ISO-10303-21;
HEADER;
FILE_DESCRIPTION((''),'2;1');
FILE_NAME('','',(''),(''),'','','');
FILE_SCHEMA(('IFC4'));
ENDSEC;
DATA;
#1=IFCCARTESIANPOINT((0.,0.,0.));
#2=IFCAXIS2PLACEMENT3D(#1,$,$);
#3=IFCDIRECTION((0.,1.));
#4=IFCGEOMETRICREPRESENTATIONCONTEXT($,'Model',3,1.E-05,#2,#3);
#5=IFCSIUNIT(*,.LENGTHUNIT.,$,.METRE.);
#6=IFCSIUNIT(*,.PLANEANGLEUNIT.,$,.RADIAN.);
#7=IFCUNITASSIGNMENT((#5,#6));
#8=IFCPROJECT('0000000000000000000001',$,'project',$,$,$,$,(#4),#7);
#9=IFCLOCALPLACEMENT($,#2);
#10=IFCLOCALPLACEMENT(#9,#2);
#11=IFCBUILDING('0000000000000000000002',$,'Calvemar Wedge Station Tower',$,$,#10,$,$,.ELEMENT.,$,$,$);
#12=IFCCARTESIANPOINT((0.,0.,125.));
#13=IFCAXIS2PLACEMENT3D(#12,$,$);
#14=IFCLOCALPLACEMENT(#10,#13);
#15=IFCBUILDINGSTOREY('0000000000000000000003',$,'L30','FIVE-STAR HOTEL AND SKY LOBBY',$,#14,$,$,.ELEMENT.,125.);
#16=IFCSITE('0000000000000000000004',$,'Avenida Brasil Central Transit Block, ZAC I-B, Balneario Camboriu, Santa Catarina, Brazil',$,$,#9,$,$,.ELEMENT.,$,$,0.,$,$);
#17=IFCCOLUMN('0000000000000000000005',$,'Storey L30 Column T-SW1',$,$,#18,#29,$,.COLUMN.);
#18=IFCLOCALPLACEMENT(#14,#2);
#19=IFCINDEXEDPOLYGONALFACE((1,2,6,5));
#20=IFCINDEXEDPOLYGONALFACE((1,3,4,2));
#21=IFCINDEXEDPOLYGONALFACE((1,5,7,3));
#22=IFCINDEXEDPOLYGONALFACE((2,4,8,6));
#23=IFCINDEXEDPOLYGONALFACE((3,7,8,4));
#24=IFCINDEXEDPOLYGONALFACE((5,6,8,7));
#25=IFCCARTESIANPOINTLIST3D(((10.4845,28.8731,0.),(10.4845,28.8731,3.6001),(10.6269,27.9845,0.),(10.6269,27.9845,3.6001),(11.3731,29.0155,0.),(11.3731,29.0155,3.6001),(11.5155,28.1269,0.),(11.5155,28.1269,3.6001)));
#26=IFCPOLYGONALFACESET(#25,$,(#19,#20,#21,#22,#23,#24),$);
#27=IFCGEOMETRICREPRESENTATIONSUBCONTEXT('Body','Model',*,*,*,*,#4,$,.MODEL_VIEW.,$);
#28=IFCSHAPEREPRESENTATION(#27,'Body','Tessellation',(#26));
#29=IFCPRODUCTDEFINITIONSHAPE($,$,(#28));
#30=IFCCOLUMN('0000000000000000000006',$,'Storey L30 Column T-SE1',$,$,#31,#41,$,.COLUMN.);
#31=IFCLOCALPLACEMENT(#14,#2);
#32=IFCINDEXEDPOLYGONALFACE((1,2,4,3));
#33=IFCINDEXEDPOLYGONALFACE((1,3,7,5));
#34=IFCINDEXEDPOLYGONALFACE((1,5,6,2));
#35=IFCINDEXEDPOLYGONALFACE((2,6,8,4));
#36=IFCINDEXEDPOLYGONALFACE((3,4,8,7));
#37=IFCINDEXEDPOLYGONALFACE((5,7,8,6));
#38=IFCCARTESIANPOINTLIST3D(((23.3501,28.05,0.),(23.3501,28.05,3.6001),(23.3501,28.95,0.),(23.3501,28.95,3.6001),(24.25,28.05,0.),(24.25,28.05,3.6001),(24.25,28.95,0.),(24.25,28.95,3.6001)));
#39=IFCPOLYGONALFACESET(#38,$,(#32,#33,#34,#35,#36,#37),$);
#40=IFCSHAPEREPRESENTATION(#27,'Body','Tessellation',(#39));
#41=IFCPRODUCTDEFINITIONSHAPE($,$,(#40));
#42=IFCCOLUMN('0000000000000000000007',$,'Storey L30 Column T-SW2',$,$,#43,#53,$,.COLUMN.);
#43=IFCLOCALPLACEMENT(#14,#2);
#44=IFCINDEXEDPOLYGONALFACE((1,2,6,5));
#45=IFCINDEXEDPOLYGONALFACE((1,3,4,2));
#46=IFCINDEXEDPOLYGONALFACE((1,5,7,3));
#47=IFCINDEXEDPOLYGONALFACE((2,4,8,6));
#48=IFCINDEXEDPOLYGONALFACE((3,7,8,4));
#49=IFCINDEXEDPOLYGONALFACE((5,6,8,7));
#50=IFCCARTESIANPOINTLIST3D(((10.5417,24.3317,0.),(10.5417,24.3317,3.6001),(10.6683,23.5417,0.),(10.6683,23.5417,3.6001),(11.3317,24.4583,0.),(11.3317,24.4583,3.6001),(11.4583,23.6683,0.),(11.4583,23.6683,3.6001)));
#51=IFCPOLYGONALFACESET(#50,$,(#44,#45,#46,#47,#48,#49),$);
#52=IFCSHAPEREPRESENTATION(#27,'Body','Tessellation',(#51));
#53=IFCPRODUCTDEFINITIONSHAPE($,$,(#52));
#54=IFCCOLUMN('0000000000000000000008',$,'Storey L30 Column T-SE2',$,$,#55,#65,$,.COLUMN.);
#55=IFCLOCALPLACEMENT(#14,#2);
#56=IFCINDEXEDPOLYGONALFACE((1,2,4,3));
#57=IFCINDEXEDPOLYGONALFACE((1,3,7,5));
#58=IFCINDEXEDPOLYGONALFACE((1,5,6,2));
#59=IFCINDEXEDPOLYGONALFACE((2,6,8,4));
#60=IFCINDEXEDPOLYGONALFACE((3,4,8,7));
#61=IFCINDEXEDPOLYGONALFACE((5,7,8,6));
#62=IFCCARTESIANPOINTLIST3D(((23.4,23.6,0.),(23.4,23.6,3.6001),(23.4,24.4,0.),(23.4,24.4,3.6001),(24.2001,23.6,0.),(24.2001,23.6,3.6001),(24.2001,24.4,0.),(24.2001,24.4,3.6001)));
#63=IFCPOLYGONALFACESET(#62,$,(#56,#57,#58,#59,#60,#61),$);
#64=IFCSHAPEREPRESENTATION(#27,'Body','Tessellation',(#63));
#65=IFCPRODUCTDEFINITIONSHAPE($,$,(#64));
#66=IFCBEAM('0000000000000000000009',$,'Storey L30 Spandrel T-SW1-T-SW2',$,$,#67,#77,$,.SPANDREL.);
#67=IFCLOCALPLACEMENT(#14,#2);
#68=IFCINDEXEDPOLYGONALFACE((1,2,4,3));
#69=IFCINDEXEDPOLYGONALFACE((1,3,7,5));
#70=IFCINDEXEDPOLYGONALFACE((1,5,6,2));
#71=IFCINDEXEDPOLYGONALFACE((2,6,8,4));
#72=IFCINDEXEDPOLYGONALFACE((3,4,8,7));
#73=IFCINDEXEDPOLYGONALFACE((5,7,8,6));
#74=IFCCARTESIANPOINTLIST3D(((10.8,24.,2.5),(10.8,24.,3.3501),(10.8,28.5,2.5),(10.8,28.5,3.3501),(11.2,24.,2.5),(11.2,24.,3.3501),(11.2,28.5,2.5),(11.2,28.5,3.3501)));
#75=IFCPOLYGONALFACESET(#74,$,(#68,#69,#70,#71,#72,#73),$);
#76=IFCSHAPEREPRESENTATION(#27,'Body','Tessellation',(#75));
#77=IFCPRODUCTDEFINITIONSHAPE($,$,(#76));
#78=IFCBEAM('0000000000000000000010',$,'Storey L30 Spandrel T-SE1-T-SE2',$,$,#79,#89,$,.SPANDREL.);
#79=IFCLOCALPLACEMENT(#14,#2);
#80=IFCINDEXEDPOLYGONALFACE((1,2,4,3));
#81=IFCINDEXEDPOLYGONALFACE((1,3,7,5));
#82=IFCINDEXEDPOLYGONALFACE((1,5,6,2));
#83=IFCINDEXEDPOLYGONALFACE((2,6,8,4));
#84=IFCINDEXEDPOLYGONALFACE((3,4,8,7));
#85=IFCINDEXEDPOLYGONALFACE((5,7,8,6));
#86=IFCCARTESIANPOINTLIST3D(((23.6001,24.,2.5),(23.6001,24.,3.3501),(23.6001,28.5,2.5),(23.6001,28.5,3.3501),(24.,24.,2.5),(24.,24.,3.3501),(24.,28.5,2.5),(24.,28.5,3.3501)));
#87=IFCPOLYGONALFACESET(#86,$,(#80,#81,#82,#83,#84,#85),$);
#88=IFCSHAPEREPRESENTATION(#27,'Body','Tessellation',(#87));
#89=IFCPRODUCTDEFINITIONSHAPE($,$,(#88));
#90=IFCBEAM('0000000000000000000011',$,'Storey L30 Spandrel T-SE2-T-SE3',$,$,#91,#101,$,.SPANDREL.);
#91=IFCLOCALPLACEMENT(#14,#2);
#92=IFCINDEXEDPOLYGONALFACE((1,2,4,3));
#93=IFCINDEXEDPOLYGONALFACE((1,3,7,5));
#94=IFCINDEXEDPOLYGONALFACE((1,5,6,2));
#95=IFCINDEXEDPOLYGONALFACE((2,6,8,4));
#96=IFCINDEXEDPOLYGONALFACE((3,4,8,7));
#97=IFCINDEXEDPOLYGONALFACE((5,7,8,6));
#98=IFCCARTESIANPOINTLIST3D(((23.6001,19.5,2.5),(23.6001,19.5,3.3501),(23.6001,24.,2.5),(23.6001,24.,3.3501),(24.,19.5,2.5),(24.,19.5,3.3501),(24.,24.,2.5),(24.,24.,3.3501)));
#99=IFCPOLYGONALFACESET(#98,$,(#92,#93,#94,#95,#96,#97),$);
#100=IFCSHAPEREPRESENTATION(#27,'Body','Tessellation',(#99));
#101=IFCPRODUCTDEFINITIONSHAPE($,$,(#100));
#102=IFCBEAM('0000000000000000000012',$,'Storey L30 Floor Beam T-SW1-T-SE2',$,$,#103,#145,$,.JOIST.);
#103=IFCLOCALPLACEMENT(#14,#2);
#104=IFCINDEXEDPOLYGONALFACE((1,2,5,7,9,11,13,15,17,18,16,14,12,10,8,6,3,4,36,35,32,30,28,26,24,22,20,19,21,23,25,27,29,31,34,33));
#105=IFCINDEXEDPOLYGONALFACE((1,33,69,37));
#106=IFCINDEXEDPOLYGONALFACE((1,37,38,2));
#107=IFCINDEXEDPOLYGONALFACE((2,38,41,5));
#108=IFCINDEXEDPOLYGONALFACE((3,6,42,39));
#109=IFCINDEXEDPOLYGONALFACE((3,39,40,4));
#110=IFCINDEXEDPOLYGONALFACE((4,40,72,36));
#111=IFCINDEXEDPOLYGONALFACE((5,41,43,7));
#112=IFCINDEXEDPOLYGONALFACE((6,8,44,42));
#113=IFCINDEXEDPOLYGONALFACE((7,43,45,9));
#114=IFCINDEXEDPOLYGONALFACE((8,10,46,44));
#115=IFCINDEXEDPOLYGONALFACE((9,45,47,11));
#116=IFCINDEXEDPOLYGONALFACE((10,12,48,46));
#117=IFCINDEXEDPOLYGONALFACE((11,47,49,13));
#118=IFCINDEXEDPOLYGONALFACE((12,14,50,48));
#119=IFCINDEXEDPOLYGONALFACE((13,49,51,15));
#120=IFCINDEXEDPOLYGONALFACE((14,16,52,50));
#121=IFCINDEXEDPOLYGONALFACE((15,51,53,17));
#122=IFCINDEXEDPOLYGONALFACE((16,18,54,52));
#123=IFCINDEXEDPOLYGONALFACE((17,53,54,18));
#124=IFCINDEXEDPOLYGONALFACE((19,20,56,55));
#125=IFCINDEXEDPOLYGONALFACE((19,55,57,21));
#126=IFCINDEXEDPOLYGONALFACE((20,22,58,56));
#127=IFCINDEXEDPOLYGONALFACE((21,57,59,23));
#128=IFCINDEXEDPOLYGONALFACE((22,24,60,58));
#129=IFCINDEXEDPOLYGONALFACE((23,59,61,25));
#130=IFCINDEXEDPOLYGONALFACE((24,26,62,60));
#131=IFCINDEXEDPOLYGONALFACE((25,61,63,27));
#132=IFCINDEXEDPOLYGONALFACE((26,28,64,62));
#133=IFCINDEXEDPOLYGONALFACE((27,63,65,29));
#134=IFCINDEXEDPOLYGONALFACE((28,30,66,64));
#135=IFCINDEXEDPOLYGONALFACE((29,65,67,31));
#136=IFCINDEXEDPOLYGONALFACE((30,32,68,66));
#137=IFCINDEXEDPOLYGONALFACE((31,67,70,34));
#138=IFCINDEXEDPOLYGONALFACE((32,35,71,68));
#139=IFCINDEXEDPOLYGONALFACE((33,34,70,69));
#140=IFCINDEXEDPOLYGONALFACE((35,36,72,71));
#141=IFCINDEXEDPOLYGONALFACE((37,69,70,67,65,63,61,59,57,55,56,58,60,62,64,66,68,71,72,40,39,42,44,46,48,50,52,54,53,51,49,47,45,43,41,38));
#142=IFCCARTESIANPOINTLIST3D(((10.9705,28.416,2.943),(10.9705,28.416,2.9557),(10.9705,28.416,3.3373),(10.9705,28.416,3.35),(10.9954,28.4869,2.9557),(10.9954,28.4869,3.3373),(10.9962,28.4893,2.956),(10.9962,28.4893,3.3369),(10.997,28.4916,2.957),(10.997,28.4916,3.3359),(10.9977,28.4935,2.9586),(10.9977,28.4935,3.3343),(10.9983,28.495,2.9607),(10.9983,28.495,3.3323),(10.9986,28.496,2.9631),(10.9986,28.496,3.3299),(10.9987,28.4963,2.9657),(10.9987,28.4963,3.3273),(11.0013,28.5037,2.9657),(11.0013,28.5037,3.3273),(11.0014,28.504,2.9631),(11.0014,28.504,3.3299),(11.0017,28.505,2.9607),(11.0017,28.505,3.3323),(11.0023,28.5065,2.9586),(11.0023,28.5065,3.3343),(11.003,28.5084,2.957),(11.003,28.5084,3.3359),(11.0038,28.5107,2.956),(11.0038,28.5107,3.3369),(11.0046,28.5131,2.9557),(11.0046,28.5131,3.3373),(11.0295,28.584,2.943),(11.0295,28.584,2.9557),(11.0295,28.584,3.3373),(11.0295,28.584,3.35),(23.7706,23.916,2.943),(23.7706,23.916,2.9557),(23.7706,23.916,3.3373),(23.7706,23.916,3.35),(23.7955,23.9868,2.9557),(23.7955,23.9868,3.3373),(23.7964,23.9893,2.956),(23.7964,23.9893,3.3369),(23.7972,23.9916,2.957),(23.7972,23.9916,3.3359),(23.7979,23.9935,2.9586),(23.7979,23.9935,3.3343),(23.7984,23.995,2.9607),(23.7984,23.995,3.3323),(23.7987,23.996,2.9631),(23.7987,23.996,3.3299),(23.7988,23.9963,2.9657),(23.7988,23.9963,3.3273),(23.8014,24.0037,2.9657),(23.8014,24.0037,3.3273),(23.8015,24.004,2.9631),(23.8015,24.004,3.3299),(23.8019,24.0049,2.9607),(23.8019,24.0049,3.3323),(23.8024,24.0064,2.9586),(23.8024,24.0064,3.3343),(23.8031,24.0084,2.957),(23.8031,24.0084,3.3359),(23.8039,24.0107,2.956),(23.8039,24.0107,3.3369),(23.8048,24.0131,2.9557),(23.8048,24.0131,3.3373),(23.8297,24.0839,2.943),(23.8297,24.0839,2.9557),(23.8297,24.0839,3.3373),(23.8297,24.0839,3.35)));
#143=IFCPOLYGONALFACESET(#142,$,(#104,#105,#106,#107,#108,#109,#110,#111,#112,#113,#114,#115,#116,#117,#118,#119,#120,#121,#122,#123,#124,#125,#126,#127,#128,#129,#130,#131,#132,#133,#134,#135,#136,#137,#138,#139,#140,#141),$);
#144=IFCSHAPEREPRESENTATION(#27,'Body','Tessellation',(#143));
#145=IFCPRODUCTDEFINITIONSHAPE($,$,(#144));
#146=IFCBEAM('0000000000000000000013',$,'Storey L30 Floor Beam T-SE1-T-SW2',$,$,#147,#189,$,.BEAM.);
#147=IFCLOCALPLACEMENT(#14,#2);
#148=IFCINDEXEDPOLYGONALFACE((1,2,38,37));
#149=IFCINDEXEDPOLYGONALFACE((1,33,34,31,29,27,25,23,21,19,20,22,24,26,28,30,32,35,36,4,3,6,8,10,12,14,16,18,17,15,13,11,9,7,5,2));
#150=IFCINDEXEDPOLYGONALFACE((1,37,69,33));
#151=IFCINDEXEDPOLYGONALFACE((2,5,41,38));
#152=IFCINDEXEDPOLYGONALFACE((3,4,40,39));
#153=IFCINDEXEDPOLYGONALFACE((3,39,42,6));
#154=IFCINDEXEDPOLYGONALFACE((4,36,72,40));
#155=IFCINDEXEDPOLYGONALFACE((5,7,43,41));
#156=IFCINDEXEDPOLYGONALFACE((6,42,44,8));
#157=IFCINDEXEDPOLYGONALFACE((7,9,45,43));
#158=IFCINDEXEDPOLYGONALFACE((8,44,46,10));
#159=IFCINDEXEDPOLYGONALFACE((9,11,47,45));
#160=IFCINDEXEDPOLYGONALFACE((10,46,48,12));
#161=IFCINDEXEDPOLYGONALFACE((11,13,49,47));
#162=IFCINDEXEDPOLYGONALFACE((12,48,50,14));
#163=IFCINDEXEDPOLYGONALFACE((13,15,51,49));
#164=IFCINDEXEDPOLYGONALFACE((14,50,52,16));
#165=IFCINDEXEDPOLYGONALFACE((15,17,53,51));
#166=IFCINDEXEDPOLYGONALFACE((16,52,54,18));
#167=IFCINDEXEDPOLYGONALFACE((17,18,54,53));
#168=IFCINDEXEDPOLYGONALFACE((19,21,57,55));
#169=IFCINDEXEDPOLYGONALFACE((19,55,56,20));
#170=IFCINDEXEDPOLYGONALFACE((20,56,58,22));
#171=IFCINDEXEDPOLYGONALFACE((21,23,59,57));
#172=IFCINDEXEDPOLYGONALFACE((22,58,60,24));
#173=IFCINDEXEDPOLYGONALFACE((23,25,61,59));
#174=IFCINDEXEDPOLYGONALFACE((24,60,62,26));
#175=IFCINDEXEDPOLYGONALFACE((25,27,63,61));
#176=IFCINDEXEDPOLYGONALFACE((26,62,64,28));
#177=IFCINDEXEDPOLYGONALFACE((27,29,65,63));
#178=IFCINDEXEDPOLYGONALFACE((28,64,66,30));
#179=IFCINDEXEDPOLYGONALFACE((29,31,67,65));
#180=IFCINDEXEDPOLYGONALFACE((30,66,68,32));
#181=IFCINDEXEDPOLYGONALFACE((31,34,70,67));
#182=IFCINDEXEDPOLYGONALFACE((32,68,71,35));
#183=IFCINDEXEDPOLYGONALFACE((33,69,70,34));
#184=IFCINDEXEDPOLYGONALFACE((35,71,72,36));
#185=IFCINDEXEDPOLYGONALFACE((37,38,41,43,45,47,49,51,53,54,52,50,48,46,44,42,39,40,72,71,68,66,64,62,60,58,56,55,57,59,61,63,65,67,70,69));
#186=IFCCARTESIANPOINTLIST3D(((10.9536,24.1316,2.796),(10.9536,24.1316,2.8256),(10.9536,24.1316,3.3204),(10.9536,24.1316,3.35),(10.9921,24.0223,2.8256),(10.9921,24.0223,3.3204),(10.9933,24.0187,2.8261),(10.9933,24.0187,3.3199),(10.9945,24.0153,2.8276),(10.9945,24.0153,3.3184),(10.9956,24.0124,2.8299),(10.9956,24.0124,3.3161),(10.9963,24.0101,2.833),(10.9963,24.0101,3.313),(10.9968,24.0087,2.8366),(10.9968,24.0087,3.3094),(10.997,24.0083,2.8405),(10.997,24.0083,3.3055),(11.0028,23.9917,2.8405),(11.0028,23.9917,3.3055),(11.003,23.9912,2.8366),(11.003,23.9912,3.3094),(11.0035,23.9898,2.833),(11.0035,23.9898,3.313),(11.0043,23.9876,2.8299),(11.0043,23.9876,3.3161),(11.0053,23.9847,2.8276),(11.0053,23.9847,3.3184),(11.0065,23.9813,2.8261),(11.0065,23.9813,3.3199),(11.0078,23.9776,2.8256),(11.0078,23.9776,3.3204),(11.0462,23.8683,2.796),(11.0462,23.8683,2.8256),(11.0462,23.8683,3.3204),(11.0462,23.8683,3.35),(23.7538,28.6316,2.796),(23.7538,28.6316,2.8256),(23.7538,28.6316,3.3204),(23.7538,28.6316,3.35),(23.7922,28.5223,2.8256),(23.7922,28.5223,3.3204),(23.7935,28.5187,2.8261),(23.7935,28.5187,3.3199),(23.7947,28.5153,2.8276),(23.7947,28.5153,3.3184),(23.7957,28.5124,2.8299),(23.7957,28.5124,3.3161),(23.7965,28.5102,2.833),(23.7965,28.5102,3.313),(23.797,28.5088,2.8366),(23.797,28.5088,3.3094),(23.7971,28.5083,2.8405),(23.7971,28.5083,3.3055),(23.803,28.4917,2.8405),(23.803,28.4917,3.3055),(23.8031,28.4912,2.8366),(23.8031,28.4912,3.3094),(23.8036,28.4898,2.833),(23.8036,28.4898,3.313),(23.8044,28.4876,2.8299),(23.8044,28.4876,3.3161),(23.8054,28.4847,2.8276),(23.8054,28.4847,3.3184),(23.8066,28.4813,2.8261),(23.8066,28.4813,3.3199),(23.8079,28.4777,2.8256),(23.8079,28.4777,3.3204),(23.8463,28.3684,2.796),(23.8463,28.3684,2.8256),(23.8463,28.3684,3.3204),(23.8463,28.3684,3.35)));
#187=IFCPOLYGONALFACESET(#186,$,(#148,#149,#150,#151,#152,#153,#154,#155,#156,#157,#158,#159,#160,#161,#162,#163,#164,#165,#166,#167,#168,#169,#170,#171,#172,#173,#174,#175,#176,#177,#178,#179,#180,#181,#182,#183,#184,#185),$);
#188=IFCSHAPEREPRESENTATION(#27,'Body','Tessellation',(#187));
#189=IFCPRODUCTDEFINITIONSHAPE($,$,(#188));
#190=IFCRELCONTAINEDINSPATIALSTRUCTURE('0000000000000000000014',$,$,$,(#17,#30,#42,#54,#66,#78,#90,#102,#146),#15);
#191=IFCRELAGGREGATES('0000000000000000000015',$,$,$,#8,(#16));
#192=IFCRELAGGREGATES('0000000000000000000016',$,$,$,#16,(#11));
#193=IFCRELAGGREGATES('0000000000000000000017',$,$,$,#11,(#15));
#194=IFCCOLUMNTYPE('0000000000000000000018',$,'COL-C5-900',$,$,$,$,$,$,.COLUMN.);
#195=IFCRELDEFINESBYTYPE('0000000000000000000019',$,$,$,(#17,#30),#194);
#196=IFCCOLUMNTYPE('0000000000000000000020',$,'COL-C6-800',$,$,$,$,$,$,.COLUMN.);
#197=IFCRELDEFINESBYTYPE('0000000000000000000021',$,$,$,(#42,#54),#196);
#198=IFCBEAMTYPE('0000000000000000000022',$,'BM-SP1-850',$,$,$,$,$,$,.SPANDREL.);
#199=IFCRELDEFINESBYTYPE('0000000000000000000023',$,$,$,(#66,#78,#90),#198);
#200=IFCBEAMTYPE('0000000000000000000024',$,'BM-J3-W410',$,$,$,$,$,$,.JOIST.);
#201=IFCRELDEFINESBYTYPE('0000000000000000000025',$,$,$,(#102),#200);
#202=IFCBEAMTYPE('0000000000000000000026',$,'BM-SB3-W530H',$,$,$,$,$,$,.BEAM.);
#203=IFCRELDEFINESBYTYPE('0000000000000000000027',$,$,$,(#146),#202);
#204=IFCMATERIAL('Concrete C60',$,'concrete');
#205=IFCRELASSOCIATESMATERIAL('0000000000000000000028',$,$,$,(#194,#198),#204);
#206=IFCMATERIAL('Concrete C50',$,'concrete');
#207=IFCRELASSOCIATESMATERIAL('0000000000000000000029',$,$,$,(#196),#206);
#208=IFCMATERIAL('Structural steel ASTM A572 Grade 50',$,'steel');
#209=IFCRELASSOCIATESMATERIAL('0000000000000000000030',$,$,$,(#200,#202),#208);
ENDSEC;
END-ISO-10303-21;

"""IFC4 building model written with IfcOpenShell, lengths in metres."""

from ifc_helpers import new_model, si_unit, direction, frame, origin, origin_2d, place, context, subcontext, project, spatial, rectangle, i_section, extrude, source, transform, mapped, material, material_profile, profile_set, type_object, element, save


model = new_model("IFC4")

# Units and contexts
model_context = context("Model", 3, precision=1e-05, world=origin(), true_north=direction((0.0, 1.0)))
body_context = subcontext(model_context, "Body", "Model", "MODEL_VIEW")
ifc_project = project(units=[si_unit("LENGTHUNIT", "METRE"), si_unit("PLANEANGLEUNIT", "RADIAN")], contexts=[model_context])

# Site, building, storey
site_placement = place(None, origin())
site = spatial("IfcSite", under=ifc_project, at=site_placement, Name="Avenida Brasil Central Transit Block, ZAC I-B, Balneario Camboriu, Santa Catarina, Brazil", CompositionType="ELEMENT", RefElevation=0.0)
building_placement = place(site_placement, origin())
building = spatial("IfcBuilding", under=site, at=building_placement, Name="Calvemar Wedge Station Tower", CompositionType="ELEMENT")
storey_placement = place(building_placement, frame((0.0, 0.0, 125.0)))
storey = spatial("IfcBuildingStorey", under=building, at=storey_placement, Name="L30", Description="FIVE-STAR HOTEL AND SKY LOBBY", CompositionType="ELEMENT", Elevation=125.0)

# Columns
ifc_material_1 = material(Name="Concrete C60", Category="concrete")
ifc_material_profile_1 = material_profile(ifc_material_1, rectangle(XDim=0.8999, YDim=0.8999, at=origin_2d()), Name="RC900x900")
ifc_profile_set_1 = profile_set([ifc_material_profile_1], Name="Concrete C60")
column_type_1 = type_object("IfcColumnType", Name="COL-C5-900", PredefinedType="COLUMN", material=ifc_profile_set_1)
shared_shape_1 = source(origin(), body_context, "Body", "SweptSolid", [
    extrude(rectangle(XDim=0.8999, YDim=0.8999, at=origin_2d()), origin(), (0.0, 0.0, 1.0), 3.6001),
])
for number, where, z_axis, x_axis, name in (
    (1, (11.0, 28.5, 0.0), (0.0, 0.0, 1.0), (0.158158, -0.987414, 0.0), "Storey L30 Column T-SW1"),
    (2, (23.8, 28.5, 0.0), (0.0, 0.0, 1.0), (1.0, 0.0, 0.0), "Storey L30 Column T-SE1"),
):
    element("IfcColumn", number, at=place(storey_placement, frame(where, z_axis=z_axis, x_axis=x_axis)), inside=storey, type_object=column_type_1, Name=name, PredefinedType="COLUMN", context=body_context, shape_type="MappedRepresentation", body=[
        mapped(shared_shape_1, transform((0.0, 0.0, 0.0), scale=1.0)),
    ])
ifc_material_2 = material(Name="Concrete C50", Category="concrete")
ifc_material_profile_2 = material_profile(ifc_material_2, rectangle(XDim=0.8, YDim=0.8, at=origin_2d()), Name="RC800x800")
ifc_profile_set_2 = profile_set([ifc_material_profile_2], Name="Concrete C50")
column_type_2 = type_object("IfcColumnType", Name="COL-C6-800", PredefinedType="COLUMN", material=ifc_profile_set_2)
shared_shape_2 = source(origin(), body_context, "Body", "SweptSolid", [
    extrude(rectangle(XDim=0.8, YDim=0.8, at=origin_2d()), origin(), (0.0, 0.0, 1.0), 3.6001),
])
for number, where, z_axis, x_axis, name in (
    (3, (11.0, 24.0, 0.0), (0.0, 0.0, 1.0), (0.158158, -0.987414, 0.0), "Storey L30 Column T-SW2"),
    (4, (23.8, 24.0, 0.0), (0.0, 0.0, 1.0), (1.0, 0.0, 0.0), "Storey L30 Column T-SE2"),
):
    element("IfcColumn", number, at=place(storey_placement, frame(where, z_axis=z_axis, x_axis=x_axis)), inside=storey, type_object=column_type_2, Name=name, PredefinedType="COLUMN", context=body_context, shape_type="MappedRepresentation", body=[
        mapped(shared_shape_2, transform((0.0, 0.0, 0.0), scale=1.0)),
    ])

# Beams
ifc_material_profile_3 = material_profile(ifc_material_1, rectangle(XDim=0.3999, YDim=0.8501, at=origin_2d()), Name="RC400x850")
ifc_profile_set_3 = profile_set([ifc_material_profile_3], Name="Concrete C60")
beam_type_1 = type_object("IfcBeamType", Name="BM-SP1-850", PredefinedType="SPANDREL", material=ifc_profile_set_3)
shared_shape_3 = source(origin(), body_context, "Body", "SweptSolid", [
    extrude(rectangle(XDim=0.3999, YDim=0.8501, at=origin_2d()), origin(), (0.0, 0.0, 1.0), 4.5),
])
for number, where, z_axis, x_axis, name in (
    (5, (11.0, 28.5, 2.925), (0.0, -1.0, 0.0), (1.0, 0.0, 0.0), "Storey L30 Spandrel T-SW1-T-SW2"),
    (6, (23.8, 28.5, 2.925), (0.0, -1.0, 0.0), (1.0, 0.0, 0.0), "Storey L30 Spandrel T-SE1-T-SE2"),
    (7, (23.8, 24.0, 2.925), (0.0, -1.0, 0.0), (1.0, 0.0, 0.0), "Storey L30 Spandrel T-SE2-T-SE3"),
):
    element("IfcBeam", number, at=place(storey_placement, frame(where, z_axis=z_axis, x_axis=x_axis)), inside=storey, type_object=beam_type_1, Name=name, PredefinedType="SPANDREL", context=body_context, shape_type="MappedRepresentation", body=[
        mapped(shared_shape_3, transform((0.0, 0.0, 0.0), scale=1.0)),
    ])
ifc_material_3 = material(Name="Structural steel ASTM A572 Grade 50", Category="steel")
ifc_material_profile_4 = material_profile(ifc_material_3, i_section(OverallWidth=0.178, OverallDepth=0.407, WebThickness=0.0078, FlangeThickness=0.0127, FilletRadius=0.01, at=origin_2d()), Name="W410x60")
ifc_profile_set_4 = profile_set([ifc_material_profile_4], Name="Structural steel ASTM A572 Grade 50")
beam_type_2 = type_object("IfcBeamType", Name="BM-J3-W410", PredefinedType="JOIST", material=ifc_profile_set_4)
shared_shape_4 = source(origin(), body_context, "Body", "SweptSolid", [
    extrude(i_section(OverallWidth=0.178, OverallDepth=0.407, WebThickness=0.0078, FlangeThickness=0.0127, FilletRadius=0.01, at=origin_2d()), origin(), (0.0, 0.0, 1.0), 13.5681),
])
beam_placement = place(storey_placement, frame((11.0, 28.5, 3.1465), z_axis=(0.943398, -0.331662, 0.0), x_axis=(0.331662, 0.943398, 0.0)))
element("IfcBeam", 8, at=beam_placement, inside=storey, type_object=beam_type_2, Name="Storey L30 Floor Beam T-SW1-T-SE2", PredefinedType="JOIST", context=body_context, shape_type="MappedRepresentation", body=[
    mapped(shared_shape_4, transform((0.0, 0.0, 0.0), scale=1.0)),
])
ifc_material_profile_5 = material_profile(ifc_material_3, i_section(OverallWidth=0.2791, OverallDepth=0.554, WebThickness=0.0176, FlangeThickness=0.0295, FilletRadius=0.0149, at=origin_2d()), Name="W530x196")
ifc_profile_set_5 = profile_set([ifc_material_profile_5], Name="Structural steel ASTM A572 Grade 50")
beam_type_3 = type_object("IfcBeamType", Name="BM-SB3-W530H", PredefinedType="BEAM", material=ifc_profile_set_5)
shared_shape_5 = source(origin(), body_context, "Body", "SweptSolid", [
    extrude(i_section(OverallWidth=0.2791, OverallDepth=0.554, WebThickness=0.0176, FlangeThickness=0.0295, FilletRadius=0.0149, at=origin_2d()), origin(), (0.0, 0.0, 1.0), 13.5681),
])
for number, where, z_axis, x_axis, name in (
    (9, (23.8, 28.5, 3.073), (-0.943398, -0.331662, 0.0), (0.331662, -0.943398, 0.0), "Storey L30 Floor Beam T-SE1-T-SW2"),
):
    element("IfcBeam", number, at=place(storey_placement, frame(where, z_axis=z_axis, x_axis=x_axis)), inside=storey, type_object=beam_type_3, Name=name, PredefinedType="BEAM", context=body_context, shape_type="MappedRepresentation", body=[
        mapped(shared_shape_5, transform((0.0, 0.0, 0.0), scale=1.0)),
    ])

save(model, "model.ifc")
